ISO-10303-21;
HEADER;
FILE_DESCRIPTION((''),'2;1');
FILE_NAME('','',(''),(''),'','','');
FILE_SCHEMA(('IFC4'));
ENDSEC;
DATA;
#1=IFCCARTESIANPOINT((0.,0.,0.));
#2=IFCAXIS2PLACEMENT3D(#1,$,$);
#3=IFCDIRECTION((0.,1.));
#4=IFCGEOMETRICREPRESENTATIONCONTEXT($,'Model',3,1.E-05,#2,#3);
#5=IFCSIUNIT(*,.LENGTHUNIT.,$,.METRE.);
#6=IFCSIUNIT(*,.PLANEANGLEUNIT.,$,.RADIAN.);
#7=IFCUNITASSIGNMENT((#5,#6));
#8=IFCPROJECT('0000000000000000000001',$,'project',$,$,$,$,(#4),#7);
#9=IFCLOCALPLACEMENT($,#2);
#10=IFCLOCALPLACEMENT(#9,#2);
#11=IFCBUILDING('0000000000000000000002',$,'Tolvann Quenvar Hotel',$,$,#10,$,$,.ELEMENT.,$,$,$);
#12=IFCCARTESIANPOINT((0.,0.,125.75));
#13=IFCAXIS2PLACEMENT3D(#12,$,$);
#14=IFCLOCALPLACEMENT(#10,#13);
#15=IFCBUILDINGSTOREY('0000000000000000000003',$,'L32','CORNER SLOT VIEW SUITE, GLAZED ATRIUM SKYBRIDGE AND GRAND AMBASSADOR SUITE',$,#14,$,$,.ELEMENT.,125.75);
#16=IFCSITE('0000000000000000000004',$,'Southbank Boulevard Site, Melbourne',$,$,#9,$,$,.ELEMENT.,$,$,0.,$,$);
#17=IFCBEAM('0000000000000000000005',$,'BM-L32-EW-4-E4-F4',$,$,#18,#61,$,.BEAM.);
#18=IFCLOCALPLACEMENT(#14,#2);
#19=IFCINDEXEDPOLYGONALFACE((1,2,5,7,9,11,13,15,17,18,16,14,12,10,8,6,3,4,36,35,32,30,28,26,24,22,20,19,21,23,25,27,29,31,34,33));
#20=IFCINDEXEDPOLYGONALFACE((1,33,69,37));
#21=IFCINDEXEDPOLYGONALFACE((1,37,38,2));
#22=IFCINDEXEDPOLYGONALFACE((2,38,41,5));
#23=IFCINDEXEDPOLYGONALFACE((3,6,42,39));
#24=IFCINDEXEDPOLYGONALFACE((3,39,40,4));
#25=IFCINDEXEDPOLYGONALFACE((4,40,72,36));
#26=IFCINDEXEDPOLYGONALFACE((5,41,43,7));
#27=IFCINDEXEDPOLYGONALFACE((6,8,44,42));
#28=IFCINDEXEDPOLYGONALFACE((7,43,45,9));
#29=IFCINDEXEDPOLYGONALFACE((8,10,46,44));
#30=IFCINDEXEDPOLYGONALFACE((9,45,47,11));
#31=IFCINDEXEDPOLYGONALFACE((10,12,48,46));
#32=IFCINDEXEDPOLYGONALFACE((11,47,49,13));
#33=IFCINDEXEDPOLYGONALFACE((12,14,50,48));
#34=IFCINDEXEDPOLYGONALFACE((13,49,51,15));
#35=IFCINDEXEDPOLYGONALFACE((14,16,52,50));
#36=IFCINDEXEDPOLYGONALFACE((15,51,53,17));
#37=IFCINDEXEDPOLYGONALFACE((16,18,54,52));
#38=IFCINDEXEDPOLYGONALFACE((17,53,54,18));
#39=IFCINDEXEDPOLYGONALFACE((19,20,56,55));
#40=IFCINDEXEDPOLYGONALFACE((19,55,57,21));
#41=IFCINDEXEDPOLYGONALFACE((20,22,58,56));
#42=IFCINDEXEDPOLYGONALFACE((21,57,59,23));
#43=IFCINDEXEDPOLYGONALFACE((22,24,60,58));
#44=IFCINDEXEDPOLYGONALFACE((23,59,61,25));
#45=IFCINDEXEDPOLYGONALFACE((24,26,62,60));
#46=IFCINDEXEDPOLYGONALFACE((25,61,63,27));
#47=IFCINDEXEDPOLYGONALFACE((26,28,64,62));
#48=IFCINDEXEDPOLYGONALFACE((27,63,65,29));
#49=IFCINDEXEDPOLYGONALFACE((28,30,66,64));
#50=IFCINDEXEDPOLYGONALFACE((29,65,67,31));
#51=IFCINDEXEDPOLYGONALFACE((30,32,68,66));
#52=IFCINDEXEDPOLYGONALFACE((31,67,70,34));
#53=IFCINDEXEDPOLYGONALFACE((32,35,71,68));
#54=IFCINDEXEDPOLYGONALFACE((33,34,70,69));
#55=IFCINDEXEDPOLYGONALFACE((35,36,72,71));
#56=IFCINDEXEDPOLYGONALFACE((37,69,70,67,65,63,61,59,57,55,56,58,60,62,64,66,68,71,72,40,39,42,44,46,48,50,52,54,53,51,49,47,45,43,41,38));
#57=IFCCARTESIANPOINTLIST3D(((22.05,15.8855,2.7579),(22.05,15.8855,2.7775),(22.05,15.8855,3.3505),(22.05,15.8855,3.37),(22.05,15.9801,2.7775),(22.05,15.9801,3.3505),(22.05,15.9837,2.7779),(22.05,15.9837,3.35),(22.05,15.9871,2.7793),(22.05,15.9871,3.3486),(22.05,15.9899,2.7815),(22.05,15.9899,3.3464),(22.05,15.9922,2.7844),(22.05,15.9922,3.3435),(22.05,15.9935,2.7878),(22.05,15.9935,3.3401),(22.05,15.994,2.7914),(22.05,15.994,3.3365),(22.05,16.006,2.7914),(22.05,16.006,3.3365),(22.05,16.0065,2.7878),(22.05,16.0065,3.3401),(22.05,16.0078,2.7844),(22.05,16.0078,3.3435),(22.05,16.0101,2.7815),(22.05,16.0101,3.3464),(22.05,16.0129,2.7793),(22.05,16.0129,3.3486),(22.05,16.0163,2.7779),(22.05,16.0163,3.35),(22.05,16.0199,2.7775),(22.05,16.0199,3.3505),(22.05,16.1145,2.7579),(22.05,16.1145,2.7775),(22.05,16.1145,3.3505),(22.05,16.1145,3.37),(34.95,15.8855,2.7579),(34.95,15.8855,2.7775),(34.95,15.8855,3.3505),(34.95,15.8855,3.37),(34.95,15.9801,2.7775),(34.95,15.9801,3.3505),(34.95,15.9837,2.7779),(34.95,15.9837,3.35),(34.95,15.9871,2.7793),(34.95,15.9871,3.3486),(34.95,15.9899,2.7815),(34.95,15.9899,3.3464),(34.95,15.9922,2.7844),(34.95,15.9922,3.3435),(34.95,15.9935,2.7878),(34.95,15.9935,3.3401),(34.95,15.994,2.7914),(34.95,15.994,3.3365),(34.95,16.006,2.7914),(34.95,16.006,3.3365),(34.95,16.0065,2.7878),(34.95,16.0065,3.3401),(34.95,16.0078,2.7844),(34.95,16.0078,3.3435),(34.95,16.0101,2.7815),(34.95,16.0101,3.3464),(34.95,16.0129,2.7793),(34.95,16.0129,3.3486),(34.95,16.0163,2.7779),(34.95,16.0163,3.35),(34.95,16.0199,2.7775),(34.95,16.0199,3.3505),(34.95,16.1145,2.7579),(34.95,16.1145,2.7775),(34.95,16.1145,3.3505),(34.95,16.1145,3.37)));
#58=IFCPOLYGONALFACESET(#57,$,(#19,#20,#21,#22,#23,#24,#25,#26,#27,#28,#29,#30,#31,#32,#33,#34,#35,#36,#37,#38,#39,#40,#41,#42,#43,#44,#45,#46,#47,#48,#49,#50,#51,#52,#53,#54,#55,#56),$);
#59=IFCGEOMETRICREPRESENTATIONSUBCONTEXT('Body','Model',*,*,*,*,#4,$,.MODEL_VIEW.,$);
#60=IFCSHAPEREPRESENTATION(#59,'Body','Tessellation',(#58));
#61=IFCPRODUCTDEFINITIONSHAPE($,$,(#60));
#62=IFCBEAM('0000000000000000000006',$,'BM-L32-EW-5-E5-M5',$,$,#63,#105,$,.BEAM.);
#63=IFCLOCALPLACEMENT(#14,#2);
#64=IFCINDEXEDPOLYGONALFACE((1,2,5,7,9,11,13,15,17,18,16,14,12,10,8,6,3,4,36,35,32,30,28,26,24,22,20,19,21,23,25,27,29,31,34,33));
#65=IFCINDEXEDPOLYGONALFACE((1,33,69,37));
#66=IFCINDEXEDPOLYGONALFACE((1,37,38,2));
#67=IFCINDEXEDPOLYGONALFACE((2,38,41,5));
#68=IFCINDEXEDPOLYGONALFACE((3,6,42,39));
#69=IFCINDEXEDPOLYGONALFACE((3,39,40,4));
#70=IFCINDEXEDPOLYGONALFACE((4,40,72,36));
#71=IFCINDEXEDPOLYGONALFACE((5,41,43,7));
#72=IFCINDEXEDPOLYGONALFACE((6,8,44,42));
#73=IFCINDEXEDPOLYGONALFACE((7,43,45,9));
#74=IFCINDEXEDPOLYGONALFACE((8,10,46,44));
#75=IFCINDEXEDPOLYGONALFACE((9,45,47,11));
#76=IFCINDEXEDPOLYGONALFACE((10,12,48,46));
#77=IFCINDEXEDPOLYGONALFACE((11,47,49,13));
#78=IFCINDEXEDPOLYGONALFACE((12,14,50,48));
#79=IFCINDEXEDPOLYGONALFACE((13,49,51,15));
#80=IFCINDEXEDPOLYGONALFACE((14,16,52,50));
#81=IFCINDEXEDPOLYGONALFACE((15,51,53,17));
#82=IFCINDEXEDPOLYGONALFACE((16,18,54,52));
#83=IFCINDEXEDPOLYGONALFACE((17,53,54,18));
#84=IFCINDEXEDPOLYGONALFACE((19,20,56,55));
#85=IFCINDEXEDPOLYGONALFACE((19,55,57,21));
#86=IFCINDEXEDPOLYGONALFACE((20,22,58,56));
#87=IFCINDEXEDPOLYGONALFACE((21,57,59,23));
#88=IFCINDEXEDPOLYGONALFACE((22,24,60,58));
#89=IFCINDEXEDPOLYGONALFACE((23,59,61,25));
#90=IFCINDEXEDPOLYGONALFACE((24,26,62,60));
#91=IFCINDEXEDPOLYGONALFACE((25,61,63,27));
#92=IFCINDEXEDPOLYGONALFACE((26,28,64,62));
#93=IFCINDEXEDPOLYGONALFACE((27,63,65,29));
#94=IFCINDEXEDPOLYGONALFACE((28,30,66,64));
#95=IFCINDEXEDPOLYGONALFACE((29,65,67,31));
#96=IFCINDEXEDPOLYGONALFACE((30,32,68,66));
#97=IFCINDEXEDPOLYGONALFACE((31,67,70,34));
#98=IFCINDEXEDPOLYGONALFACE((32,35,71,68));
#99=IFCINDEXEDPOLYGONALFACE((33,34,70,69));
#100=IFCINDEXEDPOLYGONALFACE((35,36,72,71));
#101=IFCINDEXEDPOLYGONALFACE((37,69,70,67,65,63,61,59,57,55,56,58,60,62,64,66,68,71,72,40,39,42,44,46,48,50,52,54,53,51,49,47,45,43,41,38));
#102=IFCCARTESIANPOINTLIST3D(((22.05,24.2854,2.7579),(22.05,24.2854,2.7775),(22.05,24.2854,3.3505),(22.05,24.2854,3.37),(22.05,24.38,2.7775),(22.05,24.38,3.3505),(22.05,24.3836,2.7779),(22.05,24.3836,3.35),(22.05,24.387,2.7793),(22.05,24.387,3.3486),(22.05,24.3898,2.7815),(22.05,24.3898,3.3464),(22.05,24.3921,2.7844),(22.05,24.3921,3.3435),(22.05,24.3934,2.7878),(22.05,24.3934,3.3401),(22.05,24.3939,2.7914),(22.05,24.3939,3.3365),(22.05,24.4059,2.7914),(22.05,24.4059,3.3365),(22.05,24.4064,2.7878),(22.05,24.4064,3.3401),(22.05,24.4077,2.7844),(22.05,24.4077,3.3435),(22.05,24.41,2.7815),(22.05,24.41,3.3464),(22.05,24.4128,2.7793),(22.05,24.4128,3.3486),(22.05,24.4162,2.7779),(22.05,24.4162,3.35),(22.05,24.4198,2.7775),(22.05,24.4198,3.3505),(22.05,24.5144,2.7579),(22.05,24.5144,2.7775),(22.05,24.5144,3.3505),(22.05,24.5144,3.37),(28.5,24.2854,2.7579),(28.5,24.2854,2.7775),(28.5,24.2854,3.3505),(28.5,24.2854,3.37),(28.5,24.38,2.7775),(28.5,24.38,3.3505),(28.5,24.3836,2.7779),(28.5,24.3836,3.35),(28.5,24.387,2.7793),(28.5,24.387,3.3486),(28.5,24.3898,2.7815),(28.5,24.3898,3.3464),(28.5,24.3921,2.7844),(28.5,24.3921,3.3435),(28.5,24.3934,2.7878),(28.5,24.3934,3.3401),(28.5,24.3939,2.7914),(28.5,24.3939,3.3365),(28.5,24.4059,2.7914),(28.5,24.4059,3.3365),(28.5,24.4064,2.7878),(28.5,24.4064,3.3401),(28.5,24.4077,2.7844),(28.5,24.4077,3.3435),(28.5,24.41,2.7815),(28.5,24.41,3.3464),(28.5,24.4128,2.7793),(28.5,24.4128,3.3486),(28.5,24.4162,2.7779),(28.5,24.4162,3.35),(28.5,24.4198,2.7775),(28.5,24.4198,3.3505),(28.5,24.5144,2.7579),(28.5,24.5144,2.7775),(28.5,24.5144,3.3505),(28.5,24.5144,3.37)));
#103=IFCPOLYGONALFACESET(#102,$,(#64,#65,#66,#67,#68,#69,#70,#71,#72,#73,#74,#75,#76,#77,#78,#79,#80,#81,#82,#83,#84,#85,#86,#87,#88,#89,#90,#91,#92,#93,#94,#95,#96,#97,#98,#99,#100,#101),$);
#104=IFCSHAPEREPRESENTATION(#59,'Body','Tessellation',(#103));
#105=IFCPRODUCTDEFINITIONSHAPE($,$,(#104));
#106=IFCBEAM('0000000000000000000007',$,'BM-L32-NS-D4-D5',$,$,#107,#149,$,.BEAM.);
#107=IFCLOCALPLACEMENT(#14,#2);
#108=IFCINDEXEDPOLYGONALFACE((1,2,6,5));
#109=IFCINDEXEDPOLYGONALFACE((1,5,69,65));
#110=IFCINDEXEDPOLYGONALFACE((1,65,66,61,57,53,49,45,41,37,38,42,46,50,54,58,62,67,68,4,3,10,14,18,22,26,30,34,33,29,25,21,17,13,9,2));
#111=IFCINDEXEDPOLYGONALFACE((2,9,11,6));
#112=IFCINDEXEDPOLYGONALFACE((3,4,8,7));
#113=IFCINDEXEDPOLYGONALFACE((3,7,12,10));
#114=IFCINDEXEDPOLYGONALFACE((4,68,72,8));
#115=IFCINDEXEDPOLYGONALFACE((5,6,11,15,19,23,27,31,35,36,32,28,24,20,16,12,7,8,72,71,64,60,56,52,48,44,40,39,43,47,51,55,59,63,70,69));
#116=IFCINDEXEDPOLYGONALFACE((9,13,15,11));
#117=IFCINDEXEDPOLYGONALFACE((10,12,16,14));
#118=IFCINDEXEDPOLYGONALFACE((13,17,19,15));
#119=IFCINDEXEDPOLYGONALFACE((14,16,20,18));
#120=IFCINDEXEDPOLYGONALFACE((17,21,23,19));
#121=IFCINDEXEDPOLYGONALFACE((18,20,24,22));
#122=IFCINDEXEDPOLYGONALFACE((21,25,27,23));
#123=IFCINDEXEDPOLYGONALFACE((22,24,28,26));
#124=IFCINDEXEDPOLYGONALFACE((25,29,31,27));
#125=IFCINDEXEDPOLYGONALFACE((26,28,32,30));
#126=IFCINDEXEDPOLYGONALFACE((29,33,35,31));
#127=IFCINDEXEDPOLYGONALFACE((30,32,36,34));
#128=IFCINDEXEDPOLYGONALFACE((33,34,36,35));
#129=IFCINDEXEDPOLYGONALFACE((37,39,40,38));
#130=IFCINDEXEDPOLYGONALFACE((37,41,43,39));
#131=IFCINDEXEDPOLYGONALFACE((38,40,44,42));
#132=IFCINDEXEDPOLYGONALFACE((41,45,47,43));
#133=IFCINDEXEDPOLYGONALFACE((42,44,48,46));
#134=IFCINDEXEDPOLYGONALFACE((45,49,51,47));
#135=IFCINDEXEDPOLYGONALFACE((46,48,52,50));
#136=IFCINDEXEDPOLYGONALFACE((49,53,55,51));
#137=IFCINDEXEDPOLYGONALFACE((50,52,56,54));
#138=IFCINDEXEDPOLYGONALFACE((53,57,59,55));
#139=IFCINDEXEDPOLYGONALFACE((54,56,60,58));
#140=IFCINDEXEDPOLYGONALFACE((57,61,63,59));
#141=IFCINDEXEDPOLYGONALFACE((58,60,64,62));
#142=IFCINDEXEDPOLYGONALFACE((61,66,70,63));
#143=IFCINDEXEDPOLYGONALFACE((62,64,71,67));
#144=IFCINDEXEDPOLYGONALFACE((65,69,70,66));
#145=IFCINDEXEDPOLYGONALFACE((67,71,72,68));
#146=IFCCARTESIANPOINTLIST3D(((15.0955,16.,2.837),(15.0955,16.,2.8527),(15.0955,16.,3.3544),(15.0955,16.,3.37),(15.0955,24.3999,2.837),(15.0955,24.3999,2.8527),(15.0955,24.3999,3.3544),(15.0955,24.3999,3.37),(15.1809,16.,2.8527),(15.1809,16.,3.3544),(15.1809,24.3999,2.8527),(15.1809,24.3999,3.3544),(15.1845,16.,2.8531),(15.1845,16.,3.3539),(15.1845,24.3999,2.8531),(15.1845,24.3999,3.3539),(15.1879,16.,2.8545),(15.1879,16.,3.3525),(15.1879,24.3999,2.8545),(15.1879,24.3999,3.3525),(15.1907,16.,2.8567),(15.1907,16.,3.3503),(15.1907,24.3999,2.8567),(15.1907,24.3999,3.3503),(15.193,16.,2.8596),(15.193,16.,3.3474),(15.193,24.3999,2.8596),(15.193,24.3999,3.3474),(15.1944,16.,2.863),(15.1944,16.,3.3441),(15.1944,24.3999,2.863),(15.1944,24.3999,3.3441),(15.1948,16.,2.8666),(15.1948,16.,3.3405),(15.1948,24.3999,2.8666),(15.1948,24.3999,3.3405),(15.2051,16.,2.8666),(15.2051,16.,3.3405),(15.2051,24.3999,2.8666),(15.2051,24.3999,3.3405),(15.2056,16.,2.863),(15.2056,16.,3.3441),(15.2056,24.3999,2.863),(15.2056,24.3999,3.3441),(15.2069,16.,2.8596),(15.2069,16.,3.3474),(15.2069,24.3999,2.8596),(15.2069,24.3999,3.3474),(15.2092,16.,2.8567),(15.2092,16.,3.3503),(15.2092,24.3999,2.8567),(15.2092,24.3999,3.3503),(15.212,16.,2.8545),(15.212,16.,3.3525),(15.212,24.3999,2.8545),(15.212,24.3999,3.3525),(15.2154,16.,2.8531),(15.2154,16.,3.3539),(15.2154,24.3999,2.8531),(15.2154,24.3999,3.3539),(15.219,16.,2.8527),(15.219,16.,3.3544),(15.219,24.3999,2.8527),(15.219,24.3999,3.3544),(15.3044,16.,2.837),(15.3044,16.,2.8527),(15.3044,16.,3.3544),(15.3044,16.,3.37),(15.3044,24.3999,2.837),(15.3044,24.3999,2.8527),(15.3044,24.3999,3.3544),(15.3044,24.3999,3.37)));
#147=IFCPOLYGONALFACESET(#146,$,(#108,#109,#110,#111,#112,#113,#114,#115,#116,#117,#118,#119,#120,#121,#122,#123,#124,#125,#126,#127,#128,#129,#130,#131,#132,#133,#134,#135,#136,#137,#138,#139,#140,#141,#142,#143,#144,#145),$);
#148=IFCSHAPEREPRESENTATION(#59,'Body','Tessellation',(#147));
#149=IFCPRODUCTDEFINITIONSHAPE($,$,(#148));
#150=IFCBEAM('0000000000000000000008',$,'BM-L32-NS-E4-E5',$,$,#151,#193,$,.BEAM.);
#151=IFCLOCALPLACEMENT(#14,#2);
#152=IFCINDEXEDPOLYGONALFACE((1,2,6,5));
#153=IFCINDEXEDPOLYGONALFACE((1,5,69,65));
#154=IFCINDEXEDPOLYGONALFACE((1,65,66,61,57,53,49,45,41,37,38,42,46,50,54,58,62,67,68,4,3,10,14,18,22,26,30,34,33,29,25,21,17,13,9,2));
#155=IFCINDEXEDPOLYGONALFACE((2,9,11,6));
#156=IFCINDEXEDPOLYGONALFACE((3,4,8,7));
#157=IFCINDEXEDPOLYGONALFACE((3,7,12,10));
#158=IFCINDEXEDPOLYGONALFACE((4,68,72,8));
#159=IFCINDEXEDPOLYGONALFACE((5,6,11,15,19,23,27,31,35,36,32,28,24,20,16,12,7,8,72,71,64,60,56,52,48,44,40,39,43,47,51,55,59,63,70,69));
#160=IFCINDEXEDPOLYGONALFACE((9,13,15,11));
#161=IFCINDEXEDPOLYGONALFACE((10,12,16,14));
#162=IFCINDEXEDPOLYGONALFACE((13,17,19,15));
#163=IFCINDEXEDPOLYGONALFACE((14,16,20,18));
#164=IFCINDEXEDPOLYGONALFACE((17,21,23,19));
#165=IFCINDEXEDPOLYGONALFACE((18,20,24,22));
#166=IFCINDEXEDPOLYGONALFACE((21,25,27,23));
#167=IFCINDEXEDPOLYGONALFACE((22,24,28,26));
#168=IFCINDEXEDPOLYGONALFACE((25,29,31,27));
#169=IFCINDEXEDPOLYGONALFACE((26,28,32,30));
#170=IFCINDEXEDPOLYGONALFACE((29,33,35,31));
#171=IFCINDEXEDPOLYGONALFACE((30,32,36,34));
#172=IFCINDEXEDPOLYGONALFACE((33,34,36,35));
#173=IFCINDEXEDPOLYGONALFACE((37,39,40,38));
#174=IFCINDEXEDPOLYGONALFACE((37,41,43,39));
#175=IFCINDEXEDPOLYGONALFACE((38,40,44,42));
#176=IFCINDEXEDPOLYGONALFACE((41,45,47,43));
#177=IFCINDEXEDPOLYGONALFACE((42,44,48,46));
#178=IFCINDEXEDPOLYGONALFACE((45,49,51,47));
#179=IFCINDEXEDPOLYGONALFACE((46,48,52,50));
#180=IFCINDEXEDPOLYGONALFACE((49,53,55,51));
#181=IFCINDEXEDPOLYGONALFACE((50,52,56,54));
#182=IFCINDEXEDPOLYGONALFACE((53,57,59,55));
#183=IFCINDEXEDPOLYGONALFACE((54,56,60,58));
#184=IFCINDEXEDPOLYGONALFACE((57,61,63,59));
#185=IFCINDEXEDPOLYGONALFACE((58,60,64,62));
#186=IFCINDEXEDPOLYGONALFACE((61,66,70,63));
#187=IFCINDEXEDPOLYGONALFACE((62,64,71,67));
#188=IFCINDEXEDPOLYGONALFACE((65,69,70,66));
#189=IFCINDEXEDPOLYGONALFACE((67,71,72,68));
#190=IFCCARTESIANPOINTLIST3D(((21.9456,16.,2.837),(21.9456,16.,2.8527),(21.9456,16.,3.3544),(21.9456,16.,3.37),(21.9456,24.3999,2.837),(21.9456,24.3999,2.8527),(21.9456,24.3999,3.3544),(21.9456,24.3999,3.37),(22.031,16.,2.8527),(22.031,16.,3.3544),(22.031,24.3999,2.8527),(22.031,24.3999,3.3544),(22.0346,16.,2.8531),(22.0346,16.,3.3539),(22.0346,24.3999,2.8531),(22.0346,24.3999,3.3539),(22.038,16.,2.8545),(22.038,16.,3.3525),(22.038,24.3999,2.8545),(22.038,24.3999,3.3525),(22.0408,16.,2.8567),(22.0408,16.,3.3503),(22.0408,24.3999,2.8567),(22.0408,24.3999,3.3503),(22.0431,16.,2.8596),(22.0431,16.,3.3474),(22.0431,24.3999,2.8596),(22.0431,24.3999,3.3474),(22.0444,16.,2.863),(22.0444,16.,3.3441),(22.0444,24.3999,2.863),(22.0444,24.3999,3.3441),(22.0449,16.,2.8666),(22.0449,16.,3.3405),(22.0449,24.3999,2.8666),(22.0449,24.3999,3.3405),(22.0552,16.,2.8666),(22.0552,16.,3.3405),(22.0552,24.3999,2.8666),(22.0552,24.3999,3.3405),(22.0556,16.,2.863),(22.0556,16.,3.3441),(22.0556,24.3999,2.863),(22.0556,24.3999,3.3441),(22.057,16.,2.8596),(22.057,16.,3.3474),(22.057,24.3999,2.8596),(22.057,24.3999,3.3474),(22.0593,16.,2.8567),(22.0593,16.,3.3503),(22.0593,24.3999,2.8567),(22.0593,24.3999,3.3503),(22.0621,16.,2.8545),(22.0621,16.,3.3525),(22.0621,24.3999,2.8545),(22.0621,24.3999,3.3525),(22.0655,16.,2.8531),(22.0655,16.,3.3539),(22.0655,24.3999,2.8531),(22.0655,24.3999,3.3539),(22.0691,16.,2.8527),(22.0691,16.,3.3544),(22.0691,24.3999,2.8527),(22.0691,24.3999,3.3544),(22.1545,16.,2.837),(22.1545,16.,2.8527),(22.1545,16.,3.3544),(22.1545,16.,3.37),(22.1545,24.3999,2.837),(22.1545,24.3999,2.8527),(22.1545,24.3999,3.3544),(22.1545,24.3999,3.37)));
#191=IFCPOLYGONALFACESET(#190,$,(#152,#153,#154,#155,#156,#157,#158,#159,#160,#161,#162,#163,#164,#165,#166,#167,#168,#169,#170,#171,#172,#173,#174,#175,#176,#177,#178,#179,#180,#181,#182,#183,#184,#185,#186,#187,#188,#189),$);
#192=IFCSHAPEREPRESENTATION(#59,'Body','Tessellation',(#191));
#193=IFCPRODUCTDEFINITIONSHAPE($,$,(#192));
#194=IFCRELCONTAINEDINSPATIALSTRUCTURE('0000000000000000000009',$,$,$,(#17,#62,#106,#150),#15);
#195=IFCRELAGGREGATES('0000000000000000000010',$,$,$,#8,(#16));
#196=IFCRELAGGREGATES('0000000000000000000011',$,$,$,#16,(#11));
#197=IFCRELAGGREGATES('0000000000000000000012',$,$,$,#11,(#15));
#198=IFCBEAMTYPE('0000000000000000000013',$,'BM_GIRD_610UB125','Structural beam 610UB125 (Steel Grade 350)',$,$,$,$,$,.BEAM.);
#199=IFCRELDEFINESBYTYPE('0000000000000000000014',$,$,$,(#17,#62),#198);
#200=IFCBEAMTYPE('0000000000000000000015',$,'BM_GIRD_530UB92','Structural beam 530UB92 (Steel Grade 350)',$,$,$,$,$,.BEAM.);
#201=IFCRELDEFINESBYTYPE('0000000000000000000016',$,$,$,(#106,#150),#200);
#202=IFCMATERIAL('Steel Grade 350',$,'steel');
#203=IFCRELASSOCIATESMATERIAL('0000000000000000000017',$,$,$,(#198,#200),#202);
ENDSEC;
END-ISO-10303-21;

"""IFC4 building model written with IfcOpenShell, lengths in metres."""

from ifc_helpers import new_model, si_unit, direction, frame, origin, origin_2d, place, context, subcontext, project, spatial, i_section, extrude, source, transform, mapped, material, material_profile, profile_set, type_object, type_shapes, element, save


model = new_model("IFC4")

# Units and contexts
model_context = context("Model", 3, precision=1e-05, world=origin(), true_north=direction((0.0, 1.0)))
body_context = subcontext(model_context, "Body", "Model", "MODEL_VIEW")
ifc_project = project(units=[si_unit("LENGTHUNIT", "METRE"), si_unit("PLANEANGLEUNIT", "RADIAN")], contexts=[model_context])

# Site, building, storey
site_placement = place(None, origin())
site = spatial("IfcSite", under=ifc_project, at=site_placement, Name="Southbank Boulevard Site, Melbourne", CompositionType="ELEMENT", RefElevation=0.0)
building_placement = place(site_placement, origin())
building = spatial("IfcBuilding", under=site, at=building_placement, Name="Tolvann Quenvar Hotel", CompositionType="ELEMENT")
storey_placement = place(building_placement, frame((0.0, 0.0, 125.75)))
storey = spatial("IfcBuildingStorey", under=building, at=storey_placement, Name="L32", Description="CORNER SLOT VIEW SUITE, GLAZED ATRIUM SKYBRIDGE AND GRAND AMBASSADOR SUITE", CompositionType="ELEMENT", Elevation=125.75)

# Shared definitions
ifc_material_1 = material(Name="Steel Grade 350", Category="steel")

# Beams
ifc_material_profile_1 = material_profile(ifc_material_1, i_section(OverallWidth=0.229, OverallDepth=0.6121, WebThickness=0.012, FlangeThickness=0.0195, FilletRadius=0.0139, at=origin_2d()), Name="610UB125")
ifc_profile_set_1 = profile_set([ifc_material_profile_1], Name="Steel Grade 350")
beam_type_1 = type_object("IfcBeamType", Name="BM_GIRD_610UB125", Description="Structural beam 610UB125 (Steel Grade 350)", PredefinedType="BEAM", material=ifc_profile_set_1)
shared_shape_1 = source(origin(), body_context, "Body", "SweptSolid", [
    extrude(i_section(OverallWidth=0.229, OverallDepth=0.6121, WebThickness=0.012, FlangeThickness=0.0195, FilletRadius=0.0139, at=origin_2d()), origin(), (0.0, 0.0, 1.0), 12.8999),
])
beam_1_placement = place(storey_placement, frame((22.05, 16.0, 3.064), z_axis=(1.0, 0.0, 0.0), x_axis=(0.0, 1.0, 0.0)))
element("IfcBeam", 1, at=beam_1_placement, inside=storey, type_object=beam_type_1, Name="BM-L32-EW-4-E4-F4", PredefinedType="BEAM", context=body_context, shape_type="MappedRepresentation", body=[
    mapped(shared_shape_1, transform((0.0, 0.0, 0.0), x_axis=(1.0, 0.0, 0.0), y_axis=(0.0, 1.0, 0.0), z_axis=(0.0, 0.0, 1.0), scale=1.0)),
])
shared_shape_2 = source(origin(), body_context, "Body", "SweptSolid", [
    extrude(i_section(OverallWidth=0.229, OverallDepth=0.6121, WebThickness=0.012, FlangeThickness=0.0195, FilletRadius=0.0139, at=origin_2d()), origin(), (0.0, 0.0, 1.0), 6.45),
])
beam_2_placement = place(storey_placement, frame((22.05, 24.3999, 3.064), z_axis=(1.0, 0.0, 0.0), x_axis=(0.0, 1.0, 0.0)))
element("IfcBeam", 2, at=beam_2_placement, inside=storey, type_object=beam_type_1, Name="BM-L32-EW-5-E5-M5", PredefinedType="BEAM", context=body_context, shape_type="MappedRepresentation", body=[
    mapped(shared_shape_2, transform((0.0, 0.0, 0.0), x_axis=(1.0, 0.0, 0.0), y_axis=(0.0, 1.0, 0.0), z_axis=(0.0, 0.0, 1.0), scale=1.0)),
])
ifc_material_profile_2 = material_profile(ifc_material_1, i_section(OverallWidth=0.209, OverallDepth=0.533, WebThickness=0.0103, FlangeThickness=0.0156, FilletRadius=0.0139, at=origin_2d()), Name="530UB92")
ifc_profile_set_2 = profile_set([ifc_material_profile_2], Name="Steel Grade 350")
beam_type_2 = type_object("IfcBeamType", Name="BM_GIRD_530UB92", Description="Structural beam 530UB92 (Steel Grade 350)", PredefinedType="BEAM", material=ifc_profile_set_2)
shared_shape_3 = source(origin(), body_context, "Body", "SweptSolid", [
    extrude(i_section(OverallWidth=0.209, OverallDepth=0.533, WebThickness=0.0103, FlangeThickness=0.0156, FilletRadius=0.0139, at=origin_2d()), origin(), (0.0, 0.0, 1.0), 8.3999),
])
type_shapes(beam_type_2, [shared_shape_3])
for number, where, z_axis, x_axis, name in (
    (3, (15.2, 16.0, 3.1035), (0.0, 1.0, 0.0), (-1.0, 0.0, 0.0), "BM-L32-NS-D4-D5"),
    (4, (22.05, 16.0, 3.1035), (0.0, 1.0, 0.0), (-1.0, 0.0, 0.0), "BM-L32-NS-E4-E5"),
):
    element("IfcBeam", number, at=place(storey_placement, frame(where, z_axis=z_axis, x_axis=x_axis)), inside=storey, type_object=beam_type_2, Name=name, PredefinedType="BEAM", context=body_context, shape_type="MappedRepresentation", body=[
        mapped(shared_shape_3, transform((0.0, 0.0, 0.0), x_axis=(1.0, 0.0, 0.0), y_axis=(0.0, 1.0, 0.0), z_axis=(0.0, 0.0, 1.0), scale=1.0)),
    ])

save(model, "model.ifc")
